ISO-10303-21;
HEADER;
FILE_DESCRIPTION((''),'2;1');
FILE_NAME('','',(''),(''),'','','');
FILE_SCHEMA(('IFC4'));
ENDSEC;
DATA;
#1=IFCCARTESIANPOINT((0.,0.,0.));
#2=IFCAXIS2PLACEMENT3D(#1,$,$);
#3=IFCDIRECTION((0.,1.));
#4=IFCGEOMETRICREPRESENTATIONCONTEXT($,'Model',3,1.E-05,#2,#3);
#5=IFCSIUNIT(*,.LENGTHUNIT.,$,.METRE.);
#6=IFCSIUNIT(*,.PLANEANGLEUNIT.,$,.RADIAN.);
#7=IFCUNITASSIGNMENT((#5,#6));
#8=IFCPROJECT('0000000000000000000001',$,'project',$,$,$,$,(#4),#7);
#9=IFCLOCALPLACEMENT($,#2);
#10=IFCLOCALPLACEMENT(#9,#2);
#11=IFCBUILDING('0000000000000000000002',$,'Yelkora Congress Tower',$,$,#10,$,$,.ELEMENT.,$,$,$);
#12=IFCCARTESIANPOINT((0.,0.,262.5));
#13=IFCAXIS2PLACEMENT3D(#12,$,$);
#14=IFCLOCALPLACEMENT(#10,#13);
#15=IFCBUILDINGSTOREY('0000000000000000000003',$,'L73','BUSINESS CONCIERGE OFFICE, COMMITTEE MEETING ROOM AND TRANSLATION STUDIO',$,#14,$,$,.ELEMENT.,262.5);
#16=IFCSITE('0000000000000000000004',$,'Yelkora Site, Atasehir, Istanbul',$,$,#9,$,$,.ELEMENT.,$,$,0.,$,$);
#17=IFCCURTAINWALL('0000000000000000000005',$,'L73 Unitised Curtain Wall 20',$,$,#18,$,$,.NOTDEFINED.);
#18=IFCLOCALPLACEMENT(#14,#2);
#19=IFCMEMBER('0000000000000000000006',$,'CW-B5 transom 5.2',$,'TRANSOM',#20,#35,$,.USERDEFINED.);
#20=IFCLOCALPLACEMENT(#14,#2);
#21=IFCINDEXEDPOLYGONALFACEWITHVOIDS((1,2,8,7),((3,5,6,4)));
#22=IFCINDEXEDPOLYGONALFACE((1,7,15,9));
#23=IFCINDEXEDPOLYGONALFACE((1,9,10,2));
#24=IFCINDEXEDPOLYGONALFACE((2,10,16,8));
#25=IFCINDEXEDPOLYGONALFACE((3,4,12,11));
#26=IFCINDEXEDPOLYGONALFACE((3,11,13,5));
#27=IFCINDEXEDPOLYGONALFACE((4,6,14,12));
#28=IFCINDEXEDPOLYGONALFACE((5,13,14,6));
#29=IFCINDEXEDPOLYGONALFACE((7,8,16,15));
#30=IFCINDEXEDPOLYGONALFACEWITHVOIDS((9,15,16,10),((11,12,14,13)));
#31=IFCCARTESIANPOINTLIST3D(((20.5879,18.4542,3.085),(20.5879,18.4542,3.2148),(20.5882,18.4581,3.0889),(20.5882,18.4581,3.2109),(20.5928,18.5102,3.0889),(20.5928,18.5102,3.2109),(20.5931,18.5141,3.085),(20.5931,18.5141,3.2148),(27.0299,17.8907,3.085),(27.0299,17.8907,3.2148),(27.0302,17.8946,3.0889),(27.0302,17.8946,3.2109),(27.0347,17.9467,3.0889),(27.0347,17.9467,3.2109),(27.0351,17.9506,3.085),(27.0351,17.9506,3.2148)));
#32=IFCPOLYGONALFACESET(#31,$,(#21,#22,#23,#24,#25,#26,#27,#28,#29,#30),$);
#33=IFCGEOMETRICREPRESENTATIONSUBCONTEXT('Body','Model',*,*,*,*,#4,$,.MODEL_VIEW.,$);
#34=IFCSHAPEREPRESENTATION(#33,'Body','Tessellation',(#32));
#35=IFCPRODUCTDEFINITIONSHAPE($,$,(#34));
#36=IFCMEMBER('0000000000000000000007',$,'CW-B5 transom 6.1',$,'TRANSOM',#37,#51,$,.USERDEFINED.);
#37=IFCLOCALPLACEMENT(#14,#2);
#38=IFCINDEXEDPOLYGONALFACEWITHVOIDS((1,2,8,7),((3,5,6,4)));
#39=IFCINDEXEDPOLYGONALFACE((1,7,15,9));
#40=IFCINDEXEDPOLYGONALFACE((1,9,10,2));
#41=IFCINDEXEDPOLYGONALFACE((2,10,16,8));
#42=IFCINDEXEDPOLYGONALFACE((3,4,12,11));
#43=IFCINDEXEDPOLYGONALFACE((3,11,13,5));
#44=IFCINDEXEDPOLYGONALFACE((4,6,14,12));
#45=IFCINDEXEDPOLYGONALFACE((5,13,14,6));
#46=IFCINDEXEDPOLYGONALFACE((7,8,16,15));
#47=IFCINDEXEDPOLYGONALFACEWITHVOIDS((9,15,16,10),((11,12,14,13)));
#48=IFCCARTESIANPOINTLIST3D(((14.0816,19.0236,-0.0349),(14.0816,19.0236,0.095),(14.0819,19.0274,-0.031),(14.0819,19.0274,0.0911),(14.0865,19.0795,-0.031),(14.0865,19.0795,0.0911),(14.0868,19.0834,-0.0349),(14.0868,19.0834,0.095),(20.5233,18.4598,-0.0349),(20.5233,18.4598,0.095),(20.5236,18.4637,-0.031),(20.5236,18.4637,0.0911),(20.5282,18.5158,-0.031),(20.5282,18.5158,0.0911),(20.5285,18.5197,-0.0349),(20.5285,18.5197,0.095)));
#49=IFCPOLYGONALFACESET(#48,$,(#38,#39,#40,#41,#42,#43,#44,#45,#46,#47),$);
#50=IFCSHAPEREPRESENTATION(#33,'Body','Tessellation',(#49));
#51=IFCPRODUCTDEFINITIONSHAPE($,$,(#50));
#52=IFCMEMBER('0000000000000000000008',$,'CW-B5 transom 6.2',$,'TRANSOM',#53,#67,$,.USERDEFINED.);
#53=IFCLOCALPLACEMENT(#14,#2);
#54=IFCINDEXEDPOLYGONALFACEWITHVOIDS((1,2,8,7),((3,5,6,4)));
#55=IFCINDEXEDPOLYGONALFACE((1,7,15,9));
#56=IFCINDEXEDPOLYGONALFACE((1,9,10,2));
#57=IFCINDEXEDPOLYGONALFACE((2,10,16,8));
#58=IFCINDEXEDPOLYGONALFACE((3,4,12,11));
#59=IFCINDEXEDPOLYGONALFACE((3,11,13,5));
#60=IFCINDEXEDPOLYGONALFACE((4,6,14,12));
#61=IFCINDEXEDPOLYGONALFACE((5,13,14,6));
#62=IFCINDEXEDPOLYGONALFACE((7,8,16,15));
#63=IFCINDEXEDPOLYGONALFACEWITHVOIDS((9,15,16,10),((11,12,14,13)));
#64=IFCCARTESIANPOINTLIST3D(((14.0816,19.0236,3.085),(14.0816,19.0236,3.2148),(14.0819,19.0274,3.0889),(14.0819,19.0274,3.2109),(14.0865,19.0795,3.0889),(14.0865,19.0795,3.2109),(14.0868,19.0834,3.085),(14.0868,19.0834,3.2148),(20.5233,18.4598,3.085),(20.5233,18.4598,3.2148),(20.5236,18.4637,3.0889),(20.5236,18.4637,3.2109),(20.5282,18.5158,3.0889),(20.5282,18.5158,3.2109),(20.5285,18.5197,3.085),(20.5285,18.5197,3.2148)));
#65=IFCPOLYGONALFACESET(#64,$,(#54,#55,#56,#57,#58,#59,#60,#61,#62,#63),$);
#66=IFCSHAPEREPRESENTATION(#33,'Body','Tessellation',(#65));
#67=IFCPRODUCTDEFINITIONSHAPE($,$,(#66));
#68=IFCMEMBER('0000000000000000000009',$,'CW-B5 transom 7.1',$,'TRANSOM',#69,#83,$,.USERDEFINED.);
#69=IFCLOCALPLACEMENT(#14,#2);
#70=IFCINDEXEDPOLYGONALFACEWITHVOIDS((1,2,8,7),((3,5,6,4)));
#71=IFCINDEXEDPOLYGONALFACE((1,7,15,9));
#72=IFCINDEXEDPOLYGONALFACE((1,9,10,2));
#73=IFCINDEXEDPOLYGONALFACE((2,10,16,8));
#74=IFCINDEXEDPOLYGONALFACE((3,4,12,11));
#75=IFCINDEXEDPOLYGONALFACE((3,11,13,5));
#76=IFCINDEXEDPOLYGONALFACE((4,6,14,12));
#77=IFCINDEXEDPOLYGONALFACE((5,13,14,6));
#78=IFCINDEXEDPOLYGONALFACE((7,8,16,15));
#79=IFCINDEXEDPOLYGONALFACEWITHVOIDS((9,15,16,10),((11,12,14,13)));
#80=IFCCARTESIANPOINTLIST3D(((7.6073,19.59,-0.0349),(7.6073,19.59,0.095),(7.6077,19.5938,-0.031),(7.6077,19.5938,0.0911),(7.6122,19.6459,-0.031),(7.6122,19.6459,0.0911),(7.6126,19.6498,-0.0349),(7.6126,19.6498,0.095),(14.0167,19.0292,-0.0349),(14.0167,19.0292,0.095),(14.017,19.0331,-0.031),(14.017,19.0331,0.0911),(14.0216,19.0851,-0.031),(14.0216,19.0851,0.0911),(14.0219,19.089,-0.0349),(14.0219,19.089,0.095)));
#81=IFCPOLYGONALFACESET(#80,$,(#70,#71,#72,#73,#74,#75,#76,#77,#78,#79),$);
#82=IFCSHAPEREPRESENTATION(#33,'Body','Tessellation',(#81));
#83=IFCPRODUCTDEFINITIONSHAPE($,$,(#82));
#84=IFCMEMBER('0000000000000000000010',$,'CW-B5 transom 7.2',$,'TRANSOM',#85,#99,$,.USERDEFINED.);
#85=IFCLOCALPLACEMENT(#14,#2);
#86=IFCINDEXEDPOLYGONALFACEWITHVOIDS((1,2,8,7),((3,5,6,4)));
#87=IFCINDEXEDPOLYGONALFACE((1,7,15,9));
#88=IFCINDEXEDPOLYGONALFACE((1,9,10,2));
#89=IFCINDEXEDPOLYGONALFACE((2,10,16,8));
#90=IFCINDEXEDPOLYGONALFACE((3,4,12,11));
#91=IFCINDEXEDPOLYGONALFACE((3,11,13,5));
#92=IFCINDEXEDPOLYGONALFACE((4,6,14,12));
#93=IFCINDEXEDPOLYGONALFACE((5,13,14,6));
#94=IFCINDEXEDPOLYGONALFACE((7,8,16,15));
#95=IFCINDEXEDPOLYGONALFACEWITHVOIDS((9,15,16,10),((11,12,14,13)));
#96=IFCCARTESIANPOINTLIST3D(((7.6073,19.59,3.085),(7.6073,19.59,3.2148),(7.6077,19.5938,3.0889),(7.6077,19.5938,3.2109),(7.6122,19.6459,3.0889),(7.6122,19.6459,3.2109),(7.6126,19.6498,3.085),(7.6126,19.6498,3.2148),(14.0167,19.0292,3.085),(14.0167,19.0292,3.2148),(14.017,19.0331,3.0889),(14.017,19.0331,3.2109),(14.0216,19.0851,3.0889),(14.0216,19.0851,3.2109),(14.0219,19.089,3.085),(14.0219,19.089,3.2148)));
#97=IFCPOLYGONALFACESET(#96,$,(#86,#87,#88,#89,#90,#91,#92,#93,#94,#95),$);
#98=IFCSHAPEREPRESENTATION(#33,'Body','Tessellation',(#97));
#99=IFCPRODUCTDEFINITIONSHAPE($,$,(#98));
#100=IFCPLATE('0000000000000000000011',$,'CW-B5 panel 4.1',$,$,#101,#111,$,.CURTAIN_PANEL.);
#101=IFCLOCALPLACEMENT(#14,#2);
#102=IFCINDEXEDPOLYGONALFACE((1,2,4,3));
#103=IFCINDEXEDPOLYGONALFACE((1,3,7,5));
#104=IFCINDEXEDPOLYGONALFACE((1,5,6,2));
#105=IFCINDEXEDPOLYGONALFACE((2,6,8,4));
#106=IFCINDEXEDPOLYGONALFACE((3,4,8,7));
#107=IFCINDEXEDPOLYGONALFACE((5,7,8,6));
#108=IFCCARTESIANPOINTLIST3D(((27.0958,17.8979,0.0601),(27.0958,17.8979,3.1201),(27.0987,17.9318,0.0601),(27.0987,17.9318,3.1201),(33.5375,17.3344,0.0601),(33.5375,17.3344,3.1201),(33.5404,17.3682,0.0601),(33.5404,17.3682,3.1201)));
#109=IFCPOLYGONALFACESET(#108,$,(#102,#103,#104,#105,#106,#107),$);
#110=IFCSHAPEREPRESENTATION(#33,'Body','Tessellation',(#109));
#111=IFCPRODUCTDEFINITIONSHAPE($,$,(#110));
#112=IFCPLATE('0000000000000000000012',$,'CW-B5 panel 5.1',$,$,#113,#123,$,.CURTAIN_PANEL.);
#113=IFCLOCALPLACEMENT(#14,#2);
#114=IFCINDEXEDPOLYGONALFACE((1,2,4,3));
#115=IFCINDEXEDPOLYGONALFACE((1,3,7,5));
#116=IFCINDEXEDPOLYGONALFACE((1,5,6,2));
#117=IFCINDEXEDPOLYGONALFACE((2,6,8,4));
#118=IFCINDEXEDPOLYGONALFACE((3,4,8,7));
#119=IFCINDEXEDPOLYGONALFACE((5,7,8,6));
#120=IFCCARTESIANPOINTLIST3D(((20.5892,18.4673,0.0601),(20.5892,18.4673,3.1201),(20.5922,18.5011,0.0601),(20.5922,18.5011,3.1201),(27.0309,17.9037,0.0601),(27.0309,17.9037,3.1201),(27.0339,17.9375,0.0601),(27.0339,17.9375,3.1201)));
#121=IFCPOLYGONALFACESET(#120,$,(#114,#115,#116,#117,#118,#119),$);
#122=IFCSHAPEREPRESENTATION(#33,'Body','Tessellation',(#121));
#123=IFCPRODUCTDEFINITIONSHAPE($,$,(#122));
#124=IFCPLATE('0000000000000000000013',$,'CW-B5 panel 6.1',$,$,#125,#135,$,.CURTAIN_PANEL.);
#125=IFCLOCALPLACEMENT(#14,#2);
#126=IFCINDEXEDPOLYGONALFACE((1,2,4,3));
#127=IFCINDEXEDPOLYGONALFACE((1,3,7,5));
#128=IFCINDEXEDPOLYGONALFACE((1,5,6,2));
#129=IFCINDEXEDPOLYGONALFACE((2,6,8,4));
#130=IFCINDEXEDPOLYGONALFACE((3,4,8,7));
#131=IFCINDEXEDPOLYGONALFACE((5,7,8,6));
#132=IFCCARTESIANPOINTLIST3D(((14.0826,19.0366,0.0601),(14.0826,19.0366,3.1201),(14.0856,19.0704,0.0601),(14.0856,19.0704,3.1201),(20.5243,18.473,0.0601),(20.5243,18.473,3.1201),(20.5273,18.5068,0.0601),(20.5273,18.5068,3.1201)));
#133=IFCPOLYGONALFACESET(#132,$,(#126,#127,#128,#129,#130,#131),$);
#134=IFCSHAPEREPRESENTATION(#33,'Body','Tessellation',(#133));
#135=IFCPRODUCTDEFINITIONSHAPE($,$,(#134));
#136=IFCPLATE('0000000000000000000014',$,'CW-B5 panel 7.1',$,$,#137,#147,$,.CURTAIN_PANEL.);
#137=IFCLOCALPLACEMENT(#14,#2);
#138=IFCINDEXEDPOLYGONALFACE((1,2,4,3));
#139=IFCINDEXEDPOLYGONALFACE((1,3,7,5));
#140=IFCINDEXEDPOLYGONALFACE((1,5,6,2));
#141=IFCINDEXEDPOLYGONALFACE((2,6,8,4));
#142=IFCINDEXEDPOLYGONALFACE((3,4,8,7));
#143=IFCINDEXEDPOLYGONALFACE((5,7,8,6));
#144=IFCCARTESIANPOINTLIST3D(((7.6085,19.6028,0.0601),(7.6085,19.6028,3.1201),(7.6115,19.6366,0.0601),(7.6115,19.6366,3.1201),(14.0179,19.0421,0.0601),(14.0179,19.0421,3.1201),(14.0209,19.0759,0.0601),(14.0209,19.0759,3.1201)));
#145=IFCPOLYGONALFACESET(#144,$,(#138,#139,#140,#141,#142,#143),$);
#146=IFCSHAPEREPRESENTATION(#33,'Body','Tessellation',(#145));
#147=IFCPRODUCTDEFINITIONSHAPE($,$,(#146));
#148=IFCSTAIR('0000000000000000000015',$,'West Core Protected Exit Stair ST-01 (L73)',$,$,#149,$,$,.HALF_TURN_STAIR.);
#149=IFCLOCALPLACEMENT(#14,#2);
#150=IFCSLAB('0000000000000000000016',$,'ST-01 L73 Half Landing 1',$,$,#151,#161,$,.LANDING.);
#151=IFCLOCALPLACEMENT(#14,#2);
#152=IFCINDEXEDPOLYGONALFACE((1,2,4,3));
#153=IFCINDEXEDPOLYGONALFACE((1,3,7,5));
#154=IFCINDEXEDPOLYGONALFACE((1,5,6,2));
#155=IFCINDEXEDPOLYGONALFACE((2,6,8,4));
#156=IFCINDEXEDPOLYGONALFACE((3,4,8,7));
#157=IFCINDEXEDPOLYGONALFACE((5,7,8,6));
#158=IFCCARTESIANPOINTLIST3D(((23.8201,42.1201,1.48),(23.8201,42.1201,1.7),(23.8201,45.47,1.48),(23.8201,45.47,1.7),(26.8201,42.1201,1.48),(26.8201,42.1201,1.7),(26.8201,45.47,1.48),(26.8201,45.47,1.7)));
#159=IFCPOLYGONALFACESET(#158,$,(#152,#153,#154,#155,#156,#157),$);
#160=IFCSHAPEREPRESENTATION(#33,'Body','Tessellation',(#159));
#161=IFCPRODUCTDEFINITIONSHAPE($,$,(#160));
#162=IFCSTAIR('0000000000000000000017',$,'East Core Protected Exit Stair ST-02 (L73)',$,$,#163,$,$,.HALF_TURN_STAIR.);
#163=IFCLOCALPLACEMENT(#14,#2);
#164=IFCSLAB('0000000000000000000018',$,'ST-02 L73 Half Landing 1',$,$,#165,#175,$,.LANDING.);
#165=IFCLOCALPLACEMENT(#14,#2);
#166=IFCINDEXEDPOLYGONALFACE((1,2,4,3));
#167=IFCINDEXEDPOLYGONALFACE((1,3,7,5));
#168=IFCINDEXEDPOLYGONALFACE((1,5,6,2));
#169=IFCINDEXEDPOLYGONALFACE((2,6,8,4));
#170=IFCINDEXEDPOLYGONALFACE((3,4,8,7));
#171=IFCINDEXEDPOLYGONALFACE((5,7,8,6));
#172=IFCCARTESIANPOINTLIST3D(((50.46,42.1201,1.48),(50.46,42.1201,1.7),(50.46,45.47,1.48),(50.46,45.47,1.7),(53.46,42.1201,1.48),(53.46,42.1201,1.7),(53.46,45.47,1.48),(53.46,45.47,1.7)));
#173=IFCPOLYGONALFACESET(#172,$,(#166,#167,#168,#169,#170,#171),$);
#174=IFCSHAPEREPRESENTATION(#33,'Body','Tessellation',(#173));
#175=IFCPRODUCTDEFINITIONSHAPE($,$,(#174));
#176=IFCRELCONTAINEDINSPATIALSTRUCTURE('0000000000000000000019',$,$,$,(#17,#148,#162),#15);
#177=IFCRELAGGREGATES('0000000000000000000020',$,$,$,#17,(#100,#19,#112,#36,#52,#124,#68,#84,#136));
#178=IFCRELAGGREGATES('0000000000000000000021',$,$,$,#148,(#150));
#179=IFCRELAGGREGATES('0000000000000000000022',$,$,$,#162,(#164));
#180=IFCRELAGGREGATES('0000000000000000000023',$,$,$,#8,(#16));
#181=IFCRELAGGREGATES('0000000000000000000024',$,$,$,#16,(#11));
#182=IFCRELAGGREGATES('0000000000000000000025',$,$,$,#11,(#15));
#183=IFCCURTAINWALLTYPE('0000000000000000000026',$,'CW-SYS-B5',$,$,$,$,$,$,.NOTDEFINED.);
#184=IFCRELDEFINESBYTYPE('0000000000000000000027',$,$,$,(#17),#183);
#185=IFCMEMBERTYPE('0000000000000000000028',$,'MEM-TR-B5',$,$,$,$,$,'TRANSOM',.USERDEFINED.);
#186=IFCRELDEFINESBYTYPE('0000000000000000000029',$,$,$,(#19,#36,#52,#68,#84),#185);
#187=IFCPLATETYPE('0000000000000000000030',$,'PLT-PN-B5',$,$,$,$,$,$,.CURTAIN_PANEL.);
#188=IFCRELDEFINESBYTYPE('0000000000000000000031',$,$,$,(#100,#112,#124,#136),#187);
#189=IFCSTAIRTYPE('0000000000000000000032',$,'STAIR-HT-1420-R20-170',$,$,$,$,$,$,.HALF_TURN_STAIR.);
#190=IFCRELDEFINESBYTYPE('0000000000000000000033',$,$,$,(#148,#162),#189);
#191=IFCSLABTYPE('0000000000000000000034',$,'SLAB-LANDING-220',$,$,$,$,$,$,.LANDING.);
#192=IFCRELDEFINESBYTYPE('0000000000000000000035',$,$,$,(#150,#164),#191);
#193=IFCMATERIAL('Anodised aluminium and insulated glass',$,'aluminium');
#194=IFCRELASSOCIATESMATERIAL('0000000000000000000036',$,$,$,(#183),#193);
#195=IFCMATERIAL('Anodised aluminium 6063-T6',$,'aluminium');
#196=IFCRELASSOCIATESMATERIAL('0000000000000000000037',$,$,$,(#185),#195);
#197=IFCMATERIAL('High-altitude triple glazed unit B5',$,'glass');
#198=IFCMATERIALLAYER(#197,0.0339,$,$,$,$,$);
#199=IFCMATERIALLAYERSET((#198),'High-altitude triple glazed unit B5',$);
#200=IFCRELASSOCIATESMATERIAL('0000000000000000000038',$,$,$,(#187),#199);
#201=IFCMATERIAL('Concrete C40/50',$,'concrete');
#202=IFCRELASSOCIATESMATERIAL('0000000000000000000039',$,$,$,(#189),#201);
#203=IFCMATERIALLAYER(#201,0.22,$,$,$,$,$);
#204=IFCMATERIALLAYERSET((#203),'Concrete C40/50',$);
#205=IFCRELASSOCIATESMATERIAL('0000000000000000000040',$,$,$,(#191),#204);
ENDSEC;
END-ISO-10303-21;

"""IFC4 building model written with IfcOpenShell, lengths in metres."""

from ifc_helpers import new_model, si_unit, direction, frame, origin, origin_2d, place, context, subcontext, project, spatial, polyline, rectangle, hollow_rectangle, outline, extrude, material, layer, layer_set, material_profile, profile_set, type_object, element, aggregate, save


model = new_model("IFC4")

# Units and contexts
model_context = context("Model", 3, precision=1e-05, world=origin(), true_north=direction((0.0, 1.0)))
body_context = subcontext(model_context, "Body", "Model", "MODEL_VIEW")
ifc_project = project(units=[si_unit("LENGTHUNIT", "METRE"), si_unit("PLANEANGLEUNIT", "RADIAN")], contexts=[model_context])

# Site, building, storey
site_placement = place(None, origin())
site = spatial("IfcSite", under=ifc_project, at=site_placement, Name="Yelkora Site, Atasehir, Istanbul", CompositionType="ELEMENT", RefElevation=0.0)
building_placement = place(site_placement, origin())
building = spatial("IfcBuilding", under=site, at=building_placement, Name="Yelkora Congress Tower", CompositionType="ELEMENT")
storey_placement = place(building_placement, frame((0.0, 0.0, 262.5)))
storey = spatial("IfcBuildingStorey", under=building, at=storey_placement, Name="L73", Description="BUSINESS CONCIERGE OFFICE, COMMITTEE MEETING ROOM AND TRANSLATION STUDIO", CompositionType="ELEMENT", Elevation=262.5)

# Curtain wall, members, plates
ifc_material_1 = material(Name="Anodised aluminium and insulated glass", Category="aluminium")
curtain_wall_type = type_object("IfcCurtainWallType", Name="CW-SYS-B5", PredefinedType="NOTDEFINED", material=ifc_material_1)
curtain_wall_placement = place(storey_placement, origin())
curtain_wall = element("IfcCurtainWall", 1, at=curtain_wall_placement, inside=storey, type_object=curtain_wall_type, Name="L73 Unitised Curtain Wall 20", PredefinedType="NOTDEFINED")
ifc_material_2 = material(Name="Anodised aluminium 6063-T6", Category="aluminium")
ifc_material_profile_1 = material_profile(ifc_material_2, hollow_rectangle(XDim=0.0601, YDim=0.1299, WallThickness=0.0039, at=origin_2d()), Name="ALU 60x130x4")
ifc_profile_set_1 = profile_set([ifc_material_profile_1], Name="Anodised aluminium 6063-T6")
member_type_1 = type_object("IfcMemberType", Name="MEM-TR-B5", ElementType="TRANSOM", PredefinedType="USERDEFINED", material=ifc_profile_set_1)
member_1_placement = place(storey_placement, frame((27.0325, 17.9207, 3.1499), z_axis=(-0.996196, 0.087138, 0.0), x_axis=(-0.087138, -0.996196, 0.0)))
member_1 = element("IfcMember", 2, at=member_1_placement, type_object=member_type_1, Name="CW-B5 transom 5.2", ObjectType="TRANSOM", PredefinedType="USERDEFINED", context=body_context, shape_type="SweptSolid", body=[
    extrude(hollow_rectangle(XDim=0.0601, YDim=0.1299, WallThickness=0.0039, at=origin_2d()), origin(), (0.0, 0.0, 1.0), 6.4666),
])
member_2_placement = place(storey_placement, frame((20.5259, 18.4897, 0.03), z_axis=(-0.996193, 0.087179, 0.0), x_axis=(-0.087179, -0.996193, 0.0)))
member_2 = element("IfcMember", 3, at=member_2_placement, type_object=member_type_1, Name="CW-B5 transom 6.1", ObjectType="TRANSOM", PredefinedType="USERDEFINED", context=body_context, shape_type="SweptSolid", body=[
    extrude(hollow_rectangle(XDim=0.0601, YDim=0.1299, WallThickness=0.0039, at=origin_2d()), origin(), (0.0, 0.0, 1.0), 6.4663),
])
member_3_placement = place(storey_placement, frame((20.5259, 18.4897, 3.1499), z_axis=(-0.996193, 0.087179, 0.0), x_axis=(-0.087179, -0.996193, 0.0)))
member_3 = element("IfcMember", 4, at=member_3_placement, type_object=member_type_1, Name="CW-B5 transom 6.2", ObjectType="TRANSOM", PredefinedType="USERDEFINED", context=body_context, shape_type="SweptSolid", body=[
    extrude(hollow_rectangle(XDim=0.0601, YDim=0.1299, WallThickness=0.0039, at=origin_2d()), origin(), (0.0, 0.0, 1.0), 6.4663),
])
member_4_placement = place(storey_placement, frame((14.0193, 19.0591, 0.03), z_axis=(-0.996194, 0.087162, 0.0), x_axis=(-0.087162, -0.996194, 0.0)))
member_4 = element("IfcMember", 5, at=member_4_placement, type_object=member_type_1, Name="CW-B5 transom 7.1", ObjectType="TRANSOM", PredefinedType="USERDEFINED", context=body_context, shape_type="SweptSolid", body=[
    extrude(hollow_rectangle(XDim=0.0601, YDim=0.1299, WallThickness=0.0039, at=origin_2d()), origin(), (0.0, 0.0, 1.0), 6.4338),
])
member_5_placement = place(storey_placement, frame((14.0193, 19.0591, 3.1499), z_axis=(-0.996194, 0.087162, 0.0), x_axis=(-0.087162, -0.996194, 0.0)))
member_5 = element("IfcMember", 6, at=member_5_placement, type_object=member_type_1, Name="CW-B5 transom 7.2", ObjectType="TRANSOM", PredefinedType="USERDEFINED", context=body_context, shape_type="SweptSolid", body=[
    extrude(hollow_rectangle(XDim=0.0601, YDim=0.1299, WallThickness=0.0039, at=origin_2d()), origin(), (0.0, 0.0, 1.0), 6.4338),
])
ifc_material_3 = material(Name="High-altitude triple glazed unit B5", Category="glass")
ifc_layer_1 = layer(ifc_material_3, 0.0339)
ifc_layer_set_1 = layer_set([ifc_layer_1], Name="High-altitude triple glazed unit B5")
plate_type = type_object("IfcPlateType", Name="PLT-PN-B5", PredefinedType="CURTAIN_PANEL", material=ifc_layer_set_1)
plate_1_placement = place(storey_placement, frame((30.3181, 17.6331, 0.0601), z_axis=(0.0, 0.0, 1.0), x_axis=(-0.996195, 0.087157, 0.0)))
plate_1 = element("IfcPlate", 7, at=plate_1_placement, type_object=plate_type, Name="CW-B5 panel 4.1", PredefinedType="CURTAIN_PANEL", context=body_context, shape_type="SweptSolid", body=[
    extrude(rectangle(XDim=6.4663, YDim=0.0339, at=origin_2d()), origin(), (0.0, 0.0, 1.0), 3.0601),
])
plate_2_placement = place(storey_placement, frame((23.8115, 18.2024, 0.0601), z_axis=(0.0, 0.0, 1.0), x_axis=(-0.996195, 0.087157, 0.0)))
plate_2 = element("IfcPlate", 8, at=plate_2_placement, type_object=plate_type, Name="CW-B5 panel 5.1", PredefinedType="CURTAIN_PANEL", context=body_context, shape_type="SweptSolid", body=[
    extrude(rectangle(XDim=6.4663, YDim=0.0339, at=origin_2d()), origin(), (0.0, 0.0, 1.0), 3.0601),
])
plate_3_placement = place(storey_placement, frame((17.3049, 18.7717, 0.0601), z_axis=(0.0, 0.0, 1.0), x_axis=(-0.996195, 0.087157, 0.0)))
plate_3 = element("IfcPlate", 9, at=plate_3_placement, type_object=plate_type, Name="CW-B5 panel 6.1", PredefinedType="CURTAIN_PANEL", context=body_context, shape_type="SweptSolid", body=[
    extrude(rectangle(XDim=6.4663, YDim=0.0339, at=origin_2d()), origin(), (0.0, 0.0, 1.0), 3.0601),
])
plate_4_placement = place(storey_placement, frame((10.8147, 19.3394, 0.0601), z_axis=(0.0, 0.0, 1.0), x_axis=(-0.996195, 0.087157, 0.0)))
plate_4 = element("IfcPlate", 10, at=plate_4_placement, type_object=plate_type, Name="CW-B5 panel 7.1", PredefinedType="CURTAIN_PANEL", context=body_context, shape_type="SweptSolid", body=[
    extrude(rectangle(XDim=6.4338, YDim=0.0339, at=origin_2d()), origin(), (0.0, 0.0, 1.0), 3.0601),
])
aggregate(curtain_wall, [plate_1, member_1, plate_2, member_2, member_3, plate_3, member_4, member_5, plate_4])

# Stairs, slabs
ifc_material_4 = material(Name="Concrete C40/50", Category="concrete")
stair_type = type_object("IfcStairType", Name="STAIR-HT-1420-R20-170", PredefinedType="HALF_TURN_STAIR", material=ifc_material_4)
stair_1_placement = place(storey_placement, origin())
stair_1 = element("IfcStair", 11, at=stair_1_placement, inside=storey, type_object=stair_type, Name="West Core Protected Exit Stair ST-01 (L73)", PredefinedType="HALF_TURN_STAIR")
ifc_layer_2 = layer(ifc_material_4, 0.22)
ifc_layer_set_2 = layer_set([ifc_layer_2], Name="Concrete C40/50")
slab_type_1 = type_object("IfcSlabType", Name="SLAB-LANDING-220", PredefinedType="LANDING", material=ifc_layer_set_2)
slab_1_placement = place(storey_placement, frame((0.0, 0.0, 1.48)))
slab_1 = element("IfcSlab", 12, at=slab_1_placement, type_object=slab_type_1, Name="ST-01 L73 Half Landing 1", PredefinedType="LANDING", context=body_context, shape_type="SweptSolid", body=[
    extrude(outline(polyline([(26.8201, 42.1201), (26.8201, 45.47), (23.8201, 45.47), (23.8201, 42.1201), (26.8201, 42.1201)])), origin(), (0.0, 0.0, 1.0), 0.22),
])
aggregate(stair_1, [slab_1])
stair_2_placement = place(storey_placement, origin())
stair_2 = element("IfcStair", 13, at=stair_2_placement, inside=storey, type_object=stair_type, Name="East Core Protected Exit Stair ST-02 (L73)", PredefinedType="HALF_TURN_STAIR")
slab_2_placement = place(storey_placement, frame((0.0, 0.0, 1.48)))
slab_2 = element("IfcSlab", 14, at=slab_2_placement, type_object=slab_type_1, Name="ST-02 L73 Half Landing 1", PredefinedType="LANDING", context=body_context, shape_type="SweptSolid", body=[
    extrude(outline(polyline([(53.46, 42.1201), (53.46, 45.47), (50.46, 45.47), (50.46, 42.1201), (53.46, 42.1201)])), origin(), (0.0, 0.0, 1.0), 0.22),
])
aggregate(stair_2, [slab_2])

save(model, "model.ifc")
